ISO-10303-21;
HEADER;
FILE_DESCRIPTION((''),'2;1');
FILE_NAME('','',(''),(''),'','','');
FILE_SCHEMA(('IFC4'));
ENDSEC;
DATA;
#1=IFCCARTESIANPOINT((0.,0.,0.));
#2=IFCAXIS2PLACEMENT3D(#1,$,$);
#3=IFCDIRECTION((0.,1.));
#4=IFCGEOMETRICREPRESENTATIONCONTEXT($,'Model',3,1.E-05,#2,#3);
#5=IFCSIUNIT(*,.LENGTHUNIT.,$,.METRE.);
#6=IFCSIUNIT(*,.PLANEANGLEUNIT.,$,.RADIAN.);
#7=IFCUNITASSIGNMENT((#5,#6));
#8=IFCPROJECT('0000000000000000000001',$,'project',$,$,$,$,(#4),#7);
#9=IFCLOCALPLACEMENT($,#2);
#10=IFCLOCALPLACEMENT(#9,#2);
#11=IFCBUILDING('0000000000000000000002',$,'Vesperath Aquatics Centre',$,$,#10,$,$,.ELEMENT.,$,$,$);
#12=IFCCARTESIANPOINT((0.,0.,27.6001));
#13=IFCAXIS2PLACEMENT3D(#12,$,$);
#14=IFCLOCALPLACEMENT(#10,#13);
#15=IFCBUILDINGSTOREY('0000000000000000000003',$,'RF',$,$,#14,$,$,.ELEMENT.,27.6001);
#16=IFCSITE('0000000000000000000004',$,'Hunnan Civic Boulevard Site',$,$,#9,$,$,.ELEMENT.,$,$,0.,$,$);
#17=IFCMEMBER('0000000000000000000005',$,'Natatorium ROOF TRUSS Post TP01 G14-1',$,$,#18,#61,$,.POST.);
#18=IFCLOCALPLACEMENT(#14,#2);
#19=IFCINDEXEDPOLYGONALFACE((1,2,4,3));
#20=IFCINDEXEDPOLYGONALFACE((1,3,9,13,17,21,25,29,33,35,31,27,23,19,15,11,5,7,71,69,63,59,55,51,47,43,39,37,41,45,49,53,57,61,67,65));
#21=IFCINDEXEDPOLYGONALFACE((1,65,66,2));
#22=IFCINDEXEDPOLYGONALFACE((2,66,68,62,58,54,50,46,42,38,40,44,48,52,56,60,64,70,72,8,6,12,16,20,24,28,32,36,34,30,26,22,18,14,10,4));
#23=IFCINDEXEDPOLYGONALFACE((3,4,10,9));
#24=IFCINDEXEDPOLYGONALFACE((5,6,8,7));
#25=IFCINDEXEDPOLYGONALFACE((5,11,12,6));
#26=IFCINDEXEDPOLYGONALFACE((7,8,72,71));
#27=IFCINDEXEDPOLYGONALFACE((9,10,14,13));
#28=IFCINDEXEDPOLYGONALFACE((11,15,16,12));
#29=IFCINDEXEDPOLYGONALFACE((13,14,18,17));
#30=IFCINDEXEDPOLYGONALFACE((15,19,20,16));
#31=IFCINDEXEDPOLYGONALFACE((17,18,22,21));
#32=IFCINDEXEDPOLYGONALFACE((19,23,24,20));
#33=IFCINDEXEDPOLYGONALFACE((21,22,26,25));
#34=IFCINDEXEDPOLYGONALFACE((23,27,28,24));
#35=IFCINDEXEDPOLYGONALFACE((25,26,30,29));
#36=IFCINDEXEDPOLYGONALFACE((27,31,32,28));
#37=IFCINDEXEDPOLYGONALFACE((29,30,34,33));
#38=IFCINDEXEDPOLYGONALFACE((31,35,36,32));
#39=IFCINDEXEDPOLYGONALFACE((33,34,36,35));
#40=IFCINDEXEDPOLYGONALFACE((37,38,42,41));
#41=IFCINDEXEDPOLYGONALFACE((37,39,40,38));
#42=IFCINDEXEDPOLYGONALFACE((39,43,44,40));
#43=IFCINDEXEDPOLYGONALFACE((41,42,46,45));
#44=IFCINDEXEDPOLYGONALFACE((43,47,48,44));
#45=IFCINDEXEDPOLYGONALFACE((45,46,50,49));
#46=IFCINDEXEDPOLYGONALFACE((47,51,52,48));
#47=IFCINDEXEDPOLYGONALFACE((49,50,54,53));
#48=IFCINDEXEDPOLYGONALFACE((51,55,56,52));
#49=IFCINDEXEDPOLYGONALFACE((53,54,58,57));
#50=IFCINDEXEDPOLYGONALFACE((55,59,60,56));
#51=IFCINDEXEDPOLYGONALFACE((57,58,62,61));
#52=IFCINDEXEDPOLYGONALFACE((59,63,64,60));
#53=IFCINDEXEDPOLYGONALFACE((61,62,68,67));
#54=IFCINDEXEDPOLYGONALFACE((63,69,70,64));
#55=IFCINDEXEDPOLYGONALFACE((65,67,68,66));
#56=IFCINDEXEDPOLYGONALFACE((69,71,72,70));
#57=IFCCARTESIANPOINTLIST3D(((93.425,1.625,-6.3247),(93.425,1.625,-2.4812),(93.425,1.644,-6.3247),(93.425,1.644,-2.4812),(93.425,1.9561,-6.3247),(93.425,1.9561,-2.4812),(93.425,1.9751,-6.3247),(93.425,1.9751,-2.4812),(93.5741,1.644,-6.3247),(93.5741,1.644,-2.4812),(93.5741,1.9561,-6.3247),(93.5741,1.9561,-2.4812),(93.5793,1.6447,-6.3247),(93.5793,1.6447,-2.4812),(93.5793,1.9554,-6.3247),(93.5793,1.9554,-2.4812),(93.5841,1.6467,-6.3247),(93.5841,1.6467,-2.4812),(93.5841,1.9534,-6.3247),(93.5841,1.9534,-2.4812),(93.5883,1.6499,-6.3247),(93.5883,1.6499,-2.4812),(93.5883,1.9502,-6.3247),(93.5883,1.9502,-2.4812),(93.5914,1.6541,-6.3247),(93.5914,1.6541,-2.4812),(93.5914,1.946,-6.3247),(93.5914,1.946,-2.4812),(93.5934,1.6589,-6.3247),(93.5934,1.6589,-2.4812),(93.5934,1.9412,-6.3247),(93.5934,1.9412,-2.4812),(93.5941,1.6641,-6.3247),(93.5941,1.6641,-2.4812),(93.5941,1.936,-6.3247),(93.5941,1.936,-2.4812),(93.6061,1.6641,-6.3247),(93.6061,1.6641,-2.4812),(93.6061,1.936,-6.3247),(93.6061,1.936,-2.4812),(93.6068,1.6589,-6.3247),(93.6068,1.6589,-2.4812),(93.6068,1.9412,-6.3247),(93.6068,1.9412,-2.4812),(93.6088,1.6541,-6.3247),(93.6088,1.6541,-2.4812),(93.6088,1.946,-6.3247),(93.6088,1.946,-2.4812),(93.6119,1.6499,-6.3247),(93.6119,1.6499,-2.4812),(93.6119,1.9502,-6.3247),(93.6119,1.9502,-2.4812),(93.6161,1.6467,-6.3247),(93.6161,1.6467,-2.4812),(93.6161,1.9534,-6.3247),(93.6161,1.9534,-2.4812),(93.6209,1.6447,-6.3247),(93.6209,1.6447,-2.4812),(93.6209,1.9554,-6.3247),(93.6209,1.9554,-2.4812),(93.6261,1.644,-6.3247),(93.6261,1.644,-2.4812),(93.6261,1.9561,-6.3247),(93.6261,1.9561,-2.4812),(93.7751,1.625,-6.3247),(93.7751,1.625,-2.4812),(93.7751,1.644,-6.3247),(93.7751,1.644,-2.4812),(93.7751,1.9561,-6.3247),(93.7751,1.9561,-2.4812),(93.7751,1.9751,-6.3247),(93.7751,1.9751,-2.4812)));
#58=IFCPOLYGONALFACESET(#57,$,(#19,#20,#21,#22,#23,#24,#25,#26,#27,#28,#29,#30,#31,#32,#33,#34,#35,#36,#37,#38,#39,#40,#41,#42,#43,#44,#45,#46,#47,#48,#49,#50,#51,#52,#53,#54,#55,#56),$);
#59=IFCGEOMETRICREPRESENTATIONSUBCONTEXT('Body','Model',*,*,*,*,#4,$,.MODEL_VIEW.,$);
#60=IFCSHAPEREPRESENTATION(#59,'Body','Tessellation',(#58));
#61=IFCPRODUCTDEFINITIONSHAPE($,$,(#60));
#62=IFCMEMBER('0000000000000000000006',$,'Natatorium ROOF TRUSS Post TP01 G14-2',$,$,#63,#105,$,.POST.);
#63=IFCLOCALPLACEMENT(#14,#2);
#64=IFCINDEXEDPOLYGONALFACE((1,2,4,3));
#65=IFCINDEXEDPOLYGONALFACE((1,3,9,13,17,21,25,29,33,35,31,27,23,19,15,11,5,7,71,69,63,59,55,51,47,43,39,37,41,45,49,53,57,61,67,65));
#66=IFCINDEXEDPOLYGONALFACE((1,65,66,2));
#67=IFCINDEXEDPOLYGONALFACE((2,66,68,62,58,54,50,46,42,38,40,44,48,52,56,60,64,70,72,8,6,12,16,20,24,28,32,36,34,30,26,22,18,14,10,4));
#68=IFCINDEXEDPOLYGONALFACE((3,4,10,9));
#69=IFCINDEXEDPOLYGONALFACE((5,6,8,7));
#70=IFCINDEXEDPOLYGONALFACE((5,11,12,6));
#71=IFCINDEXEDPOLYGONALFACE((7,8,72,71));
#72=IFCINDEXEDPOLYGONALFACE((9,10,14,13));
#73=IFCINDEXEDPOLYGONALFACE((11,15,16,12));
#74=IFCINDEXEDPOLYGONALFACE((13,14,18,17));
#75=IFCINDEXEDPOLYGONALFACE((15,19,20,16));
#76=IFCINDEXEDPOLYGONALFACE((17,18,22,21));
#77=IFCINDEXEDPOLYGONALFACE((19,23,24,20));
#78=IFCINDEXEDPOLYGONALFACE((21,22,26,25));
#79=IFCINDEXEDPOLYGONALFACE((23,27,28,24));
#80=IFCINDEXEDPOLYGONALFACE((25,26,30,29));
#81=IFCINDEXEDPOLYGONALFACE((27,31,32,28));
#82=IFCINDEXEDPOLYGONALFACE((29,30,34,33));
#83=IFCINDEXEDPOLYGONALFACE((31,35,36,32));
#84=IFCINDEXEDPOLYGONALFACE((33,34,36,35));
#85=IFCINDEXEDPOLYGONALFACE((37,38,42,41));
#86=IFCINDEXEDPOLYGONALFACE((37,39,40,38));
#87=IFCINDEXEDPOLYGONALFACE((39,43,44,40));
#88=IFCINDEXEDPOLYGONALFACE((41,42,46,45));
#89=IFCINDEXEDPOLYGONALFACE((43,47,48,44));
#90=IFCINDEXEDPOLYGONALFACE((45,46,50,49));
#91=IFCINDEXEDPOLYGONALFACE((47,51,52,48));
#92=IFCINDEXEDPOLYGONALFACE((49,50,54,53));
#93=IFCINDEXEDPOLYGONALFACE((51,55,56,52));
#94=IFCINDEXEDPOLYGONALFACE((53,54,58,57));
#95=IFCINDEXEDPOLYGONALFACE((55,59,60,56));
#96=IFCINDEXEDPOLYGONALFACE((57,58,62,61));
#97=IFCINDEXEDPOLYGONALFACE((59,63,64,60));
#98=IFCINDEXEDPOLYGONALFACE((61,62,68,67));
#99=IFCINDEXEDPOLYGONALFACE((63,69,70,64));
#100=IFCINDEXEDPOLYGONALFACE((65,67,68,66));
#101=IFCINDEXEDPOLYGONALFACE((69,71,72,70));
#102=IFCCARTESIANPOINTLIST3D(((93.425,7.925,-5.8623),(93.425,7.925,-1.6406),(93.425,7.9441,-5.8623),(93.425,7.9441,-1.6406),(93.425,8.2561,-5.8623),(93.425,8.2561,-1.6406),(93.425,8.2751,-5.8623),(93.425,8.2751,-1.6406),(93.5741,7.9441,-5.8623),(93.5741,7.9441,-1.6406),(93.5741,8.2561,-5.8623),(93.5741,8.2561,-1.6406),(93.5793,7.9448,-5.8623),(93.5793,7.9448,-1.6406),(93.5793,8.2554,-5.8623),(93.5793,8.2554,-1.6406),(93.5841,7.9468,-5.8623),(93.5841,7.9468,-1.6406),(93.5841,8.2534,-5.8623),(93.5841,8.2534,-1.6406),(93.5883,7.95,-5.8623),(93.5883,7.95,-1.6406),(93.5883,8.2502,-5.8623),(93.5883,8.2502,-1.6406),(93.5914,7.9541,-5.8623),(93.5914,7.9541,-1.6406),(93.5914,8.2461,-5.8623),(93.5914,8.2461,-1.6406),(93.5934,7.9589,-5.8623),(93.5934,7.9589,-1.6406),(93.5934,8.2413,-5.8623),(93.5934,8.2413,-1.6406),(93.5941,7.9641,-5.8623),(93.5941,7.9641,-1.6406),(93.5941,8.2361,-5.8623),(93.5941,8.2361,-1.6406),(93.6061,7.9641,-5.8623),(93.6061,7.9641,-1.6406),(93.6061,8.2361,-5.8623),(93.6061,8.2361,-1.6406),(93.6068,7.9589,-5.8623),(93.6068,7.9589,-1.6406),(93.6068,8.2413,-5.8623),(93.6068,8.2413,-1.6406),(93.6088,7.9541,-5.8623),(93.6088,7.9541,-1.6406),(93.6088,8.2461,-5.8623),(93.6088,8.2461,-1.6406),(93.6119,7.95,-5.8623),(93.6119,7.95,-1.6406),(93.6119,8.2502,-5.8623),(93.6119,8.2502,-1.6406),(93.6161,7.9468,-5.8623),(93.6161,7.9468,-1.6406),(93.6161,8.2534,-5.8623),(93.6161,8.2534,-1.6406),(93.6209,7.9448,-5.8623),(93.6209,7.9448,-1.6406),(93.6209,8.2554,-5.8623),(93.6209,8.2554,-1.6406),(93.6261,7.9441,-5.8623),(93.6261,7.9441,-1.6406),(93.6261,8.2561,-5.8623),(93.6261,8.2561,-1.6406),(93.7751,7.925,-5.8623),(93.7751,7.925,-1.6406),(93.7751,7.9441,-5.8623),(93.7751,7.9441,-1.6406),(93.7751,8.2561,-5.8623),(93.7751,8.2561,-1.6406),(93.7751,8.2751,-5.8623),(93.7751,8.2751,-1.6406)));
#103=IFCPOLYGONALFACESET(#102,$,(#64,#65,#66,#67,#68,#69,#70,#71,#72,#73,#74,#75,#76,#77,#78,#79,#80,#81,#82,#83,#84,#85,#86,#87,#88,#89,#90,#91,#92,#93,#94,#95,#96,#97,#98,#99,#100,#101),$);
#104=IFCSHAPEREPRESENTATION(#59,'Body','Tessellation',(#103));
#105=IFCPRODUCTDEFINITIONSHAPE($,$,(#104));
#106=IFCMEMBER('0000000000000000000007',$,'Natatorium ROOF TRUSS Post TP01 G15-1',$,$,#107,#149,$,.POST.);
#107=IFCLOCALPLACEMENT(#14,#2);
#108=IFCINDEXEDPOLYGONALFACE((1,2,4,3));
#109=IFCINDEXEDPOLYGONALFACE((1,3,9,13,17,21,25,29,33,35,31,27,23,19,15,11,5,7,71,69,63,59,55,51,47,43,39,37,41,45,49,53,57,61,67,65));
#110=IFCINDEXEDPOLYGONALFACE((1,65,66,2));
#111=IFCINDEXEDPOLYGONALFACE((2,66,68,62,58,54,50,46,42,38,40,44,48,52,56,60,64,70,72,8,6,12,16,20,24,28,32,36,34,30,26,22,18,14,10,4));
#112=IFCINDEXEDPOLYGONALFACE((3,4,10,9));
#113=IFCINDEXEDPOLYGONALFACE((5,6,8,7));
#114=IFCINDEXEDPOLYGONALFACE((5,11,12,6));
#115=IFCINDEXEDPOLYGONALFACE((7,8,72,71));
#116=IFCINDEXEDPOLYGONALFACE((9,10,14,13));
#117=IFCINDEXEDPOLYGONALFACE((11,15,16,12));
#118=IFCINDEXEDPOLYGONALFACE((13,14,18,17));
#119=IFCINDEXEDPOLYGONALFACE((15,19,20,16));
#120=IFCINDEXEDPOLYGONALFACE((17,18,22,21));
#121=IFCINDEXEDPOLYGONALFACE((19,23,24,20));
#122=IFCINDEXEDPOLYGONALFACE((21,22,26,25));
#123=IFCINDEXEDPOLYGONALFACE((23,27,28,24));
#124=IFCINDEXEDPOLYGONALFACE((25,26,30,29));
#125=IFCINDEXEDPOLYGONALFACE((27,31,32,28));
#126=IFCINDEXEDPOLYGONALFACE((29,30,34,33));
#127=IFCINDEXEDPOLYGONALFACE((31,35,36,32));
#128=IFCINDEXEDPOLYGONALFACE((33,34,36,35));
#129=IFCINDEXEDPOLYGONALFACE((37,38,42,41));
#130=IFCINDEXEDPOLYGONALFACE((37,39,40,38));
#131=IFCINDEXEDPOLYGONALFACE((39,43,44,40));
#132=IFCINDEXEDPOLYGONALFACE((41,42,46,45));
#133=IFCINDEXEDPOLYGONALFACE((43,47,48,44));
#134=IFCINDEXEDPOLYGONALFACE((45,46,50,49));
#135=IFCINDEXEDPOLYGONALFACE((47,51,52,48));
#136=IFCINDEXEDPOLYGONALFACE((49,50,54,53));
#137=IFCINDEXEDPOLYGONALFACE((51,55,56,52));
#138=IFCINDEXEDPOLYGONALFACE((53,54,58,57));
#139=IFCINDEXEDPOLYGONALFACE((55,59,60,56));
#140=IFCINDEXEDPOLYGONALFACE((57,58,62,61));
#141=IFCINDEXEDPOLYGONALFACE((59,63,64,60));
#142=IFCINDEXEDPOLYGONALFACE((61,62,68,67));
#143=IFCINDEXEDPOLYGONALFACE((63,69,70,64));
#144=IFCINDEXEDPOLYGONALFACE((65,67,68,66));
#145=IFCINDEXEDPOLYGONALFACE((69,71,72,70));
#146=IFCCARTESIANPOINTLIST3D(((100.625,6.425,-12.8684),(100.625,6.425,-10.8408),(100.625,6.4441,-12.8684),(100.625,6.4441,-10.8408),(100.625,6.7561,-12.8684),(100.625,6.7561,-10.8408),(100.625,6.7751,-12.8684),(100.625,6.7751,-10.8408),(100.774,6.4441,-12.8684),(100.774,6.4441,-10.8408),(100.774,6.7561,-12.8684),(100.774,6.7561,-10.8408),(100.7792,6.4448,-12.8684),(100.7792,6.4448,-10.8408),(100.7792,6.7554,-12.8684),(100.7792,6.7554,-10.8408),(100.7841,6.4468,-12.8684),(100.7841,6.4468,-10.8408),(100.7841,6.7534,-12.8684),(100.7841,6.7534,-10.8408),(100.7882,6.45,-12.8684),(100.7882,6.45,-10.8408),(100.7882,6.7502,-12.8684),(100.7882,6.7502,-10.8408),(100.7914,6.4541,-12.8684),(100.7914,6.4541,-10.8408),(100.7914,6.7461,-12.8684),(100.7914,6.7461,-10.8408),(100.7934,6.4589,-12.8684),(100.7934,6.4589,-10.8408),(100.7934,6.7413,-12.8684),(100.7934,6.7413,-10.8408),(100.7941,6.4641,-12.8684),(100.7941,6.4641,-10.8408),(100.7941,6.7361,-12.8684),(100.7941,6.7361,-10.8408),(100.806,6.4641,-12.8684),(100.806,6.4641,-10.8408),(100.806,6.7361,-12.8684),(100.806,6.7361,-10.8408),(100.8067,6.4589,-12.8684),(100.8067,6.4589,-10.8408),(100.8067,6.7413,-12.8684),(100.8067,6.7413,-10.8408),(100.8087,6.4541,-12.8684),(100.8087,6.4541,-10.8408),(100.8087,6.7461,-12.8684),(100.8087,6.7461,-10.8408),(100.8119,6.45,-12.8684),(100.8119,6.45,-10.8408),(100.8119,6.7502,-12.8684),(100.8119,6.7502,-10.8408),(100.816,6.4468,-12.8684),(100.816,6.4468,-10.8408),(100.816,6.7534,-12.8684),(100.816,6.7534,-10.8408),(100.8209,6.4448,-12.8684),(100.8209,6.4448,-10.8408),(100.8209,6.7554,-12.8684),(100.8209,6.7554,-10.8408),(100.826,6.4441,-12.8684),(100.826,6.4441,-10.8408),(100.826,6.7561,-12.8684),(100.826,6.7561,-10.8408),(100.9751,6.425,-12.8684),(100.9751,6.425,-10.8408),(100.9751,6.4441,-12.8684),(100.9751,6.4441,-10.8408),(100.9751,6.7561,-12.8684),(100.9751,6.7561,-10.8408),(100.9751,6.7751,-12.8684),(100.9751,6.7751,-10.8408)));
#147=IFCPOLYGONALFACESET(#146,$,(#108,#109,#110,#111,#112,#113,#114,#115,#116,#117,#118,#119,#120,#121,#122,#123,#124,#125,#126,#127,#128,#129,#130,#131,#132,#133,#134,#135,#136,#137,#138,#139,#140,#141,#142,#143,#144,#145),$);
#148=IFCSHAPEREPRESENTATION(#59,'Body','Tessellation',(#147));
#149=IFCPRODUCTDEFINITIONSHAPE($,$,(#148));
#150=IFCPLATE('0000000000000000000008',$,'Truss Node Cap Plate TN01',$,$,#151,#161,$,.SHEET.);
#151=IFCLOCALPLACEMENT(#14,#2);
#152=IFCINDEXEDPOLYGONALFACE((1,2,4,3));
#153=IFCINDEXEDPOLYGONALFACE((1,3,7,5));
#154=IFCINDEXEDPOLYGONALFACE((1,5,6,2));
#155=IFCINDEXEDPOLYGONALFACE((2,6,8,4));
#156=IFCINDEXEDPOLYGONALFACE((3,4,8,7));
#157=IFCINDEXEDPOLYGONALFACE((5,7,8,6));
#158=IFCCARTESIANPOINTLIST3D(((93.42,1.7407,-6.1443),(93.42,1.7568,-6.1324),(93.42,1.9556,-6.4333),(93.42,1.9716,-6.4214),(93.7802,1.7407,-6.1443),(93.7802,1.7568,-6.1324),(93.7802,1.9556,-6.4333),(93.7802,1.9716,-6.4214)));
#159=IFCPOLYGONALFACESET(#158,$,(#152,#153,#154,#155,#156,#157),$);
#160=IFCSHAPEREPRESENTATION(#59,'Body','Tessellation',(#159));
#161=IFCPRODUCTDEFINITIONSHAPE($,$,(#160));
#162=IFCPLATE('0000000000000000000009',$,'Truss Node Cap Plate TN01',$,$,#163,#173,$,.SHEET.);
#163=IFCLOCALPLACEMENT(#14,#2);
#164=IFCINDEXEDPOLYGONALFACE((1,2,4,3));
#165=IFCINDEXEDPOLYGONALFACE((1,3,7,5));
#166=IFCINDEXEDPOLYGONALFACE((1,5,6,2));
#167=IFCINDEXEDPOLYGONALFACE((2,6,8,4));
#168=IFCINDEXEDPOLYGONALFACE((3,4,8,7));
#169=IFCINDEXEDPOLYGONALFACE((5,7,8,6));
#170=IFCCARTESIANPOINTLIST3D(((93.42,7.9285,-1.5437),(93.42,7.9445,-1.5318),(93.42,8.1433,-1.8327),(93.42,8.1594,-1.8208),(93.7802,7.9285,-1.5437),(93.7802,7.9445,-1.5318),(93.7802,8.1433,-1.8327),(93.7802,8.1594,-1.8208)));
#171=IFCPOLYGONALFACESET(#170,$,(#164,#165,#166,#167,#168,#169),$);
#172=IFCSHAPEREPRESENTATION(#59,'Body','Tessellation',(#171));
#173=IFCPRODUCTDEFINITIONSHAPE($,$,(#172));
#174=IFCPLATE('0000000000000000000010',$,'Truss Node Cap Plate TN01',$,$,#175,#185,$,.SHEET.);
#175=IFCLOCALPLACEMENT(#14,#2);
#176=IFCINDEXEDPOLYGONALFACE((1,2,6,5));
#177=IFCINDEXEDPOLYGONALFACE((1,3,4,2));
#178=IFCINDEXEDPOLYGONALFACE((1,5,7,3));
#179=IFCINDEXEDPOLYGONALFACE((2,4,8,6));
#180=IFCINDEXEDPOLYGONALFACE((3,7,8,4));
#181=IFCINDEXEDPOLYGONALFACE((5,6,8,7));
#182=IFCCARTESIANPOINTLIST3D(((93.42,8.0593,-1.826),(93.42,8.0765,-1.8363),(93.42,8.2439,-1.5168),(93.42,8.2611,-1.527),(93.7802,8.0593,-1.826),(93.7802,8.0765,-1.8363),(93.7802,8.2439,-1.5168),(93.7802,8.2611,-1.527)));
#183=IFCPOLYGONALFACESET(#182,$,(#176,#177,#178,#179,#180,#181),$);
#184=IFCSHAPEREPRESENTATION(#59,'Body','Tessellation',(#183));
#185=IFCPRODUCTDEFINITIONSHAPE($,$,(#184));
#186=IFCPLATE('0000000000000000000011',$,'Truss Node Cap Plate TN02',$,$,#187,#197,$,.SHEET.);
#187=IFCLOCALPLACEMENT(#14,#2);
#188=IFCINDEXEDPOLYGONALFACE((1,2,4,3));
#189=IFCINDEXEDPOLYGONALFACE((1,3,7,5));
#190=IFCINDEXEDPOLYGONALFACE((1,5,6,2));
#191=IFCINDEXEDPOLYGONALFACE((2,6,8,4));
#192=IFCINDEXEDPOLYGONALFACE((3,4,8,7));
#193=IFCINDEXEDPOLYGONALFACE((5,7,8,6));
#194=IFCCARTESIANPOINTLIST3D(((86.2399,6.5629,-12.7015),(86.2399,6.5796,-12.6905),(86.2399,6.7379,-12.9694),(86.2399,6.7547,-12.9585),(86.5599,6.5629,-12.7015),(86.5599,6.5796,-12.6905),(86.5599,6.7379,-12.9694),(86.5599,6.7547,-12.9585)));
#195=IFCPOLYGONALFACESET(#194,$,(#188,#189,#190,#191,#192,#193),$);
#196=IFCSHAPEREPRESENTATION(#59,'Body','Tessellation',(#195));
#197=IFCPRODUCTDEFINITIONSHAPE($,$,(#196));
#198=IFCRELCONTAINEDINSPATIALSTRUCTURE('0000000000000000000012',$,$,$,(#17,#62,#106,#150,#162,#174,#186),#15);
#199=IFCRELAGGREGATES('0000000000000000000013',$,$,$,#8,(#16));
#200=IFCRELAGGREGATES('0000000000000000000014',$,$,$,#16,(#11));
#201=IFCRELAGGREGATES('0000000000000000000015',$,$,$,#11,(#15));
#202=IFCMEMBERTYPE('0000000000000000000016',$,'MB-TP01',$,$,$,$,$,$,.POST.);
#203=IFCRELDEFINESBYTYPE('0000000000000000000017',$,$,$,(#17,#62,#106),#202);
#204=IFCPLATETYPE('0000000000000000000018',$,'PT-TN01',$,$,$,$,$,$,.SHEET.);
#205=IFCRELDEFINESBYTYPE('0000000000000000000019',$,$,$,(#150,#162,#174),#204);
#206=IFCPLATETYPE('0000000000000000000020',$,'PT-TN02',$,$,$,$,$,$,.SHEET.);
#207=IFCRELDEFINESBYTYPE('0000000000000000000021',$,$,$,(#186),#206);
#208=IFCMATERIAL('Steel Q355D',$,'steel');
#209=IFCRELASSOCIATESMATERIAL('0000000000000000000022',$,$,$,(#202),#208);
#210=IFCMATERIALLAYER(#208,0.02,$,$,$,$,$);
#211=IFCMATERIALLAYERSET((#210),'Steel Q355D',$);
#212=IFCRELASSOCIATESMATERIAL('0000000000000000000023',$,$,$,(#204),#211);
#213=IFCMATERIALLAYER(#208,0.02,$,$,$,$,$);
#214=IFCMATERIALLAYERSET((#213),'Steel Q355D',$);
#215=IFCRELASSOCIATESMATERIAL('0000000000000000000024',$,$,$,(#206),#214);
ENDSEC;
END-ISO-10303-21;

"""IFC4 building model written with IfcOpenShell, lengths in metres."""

from ifc_helpers import new_model, si_unit, direction, frame, origin, origin_2d, place, context, subcontext, project, spatial, rectangle, i_section, extrude, material, layer, layer_set, material_profile, profile_set, type_object, element, save


model = new_model("IFC4")

# Units and contexts
model_context = context("Model", 3, precision=1e-05, world=origin(), true_north=direction((0.0, 1.0)))
body_context = subcontext(model_context, "Body", "Model", "MODEL_VIEW")
ifc_project = project(units=[si_unit("LENGTHUNIT", "METRE"), si_unit("PLANEANGLEUNIT", "RADIAN")], contexts=[model_context])

# Site, building, storey
site_placement = place(None, origin())
site = spatial("IfcSite", under=ifc_project, at=site_placement, Name="Hunnan Civic Boulevard Site", CompositionType="ELEMENT", RefElevation=0.0)
building_placement = place(site_placement, origin())
building = spatial("IfcBuilding", under=site, at=building_placement, Name="Vesperath Aquatics Centre", CompositionType="ELEMENT")
storey_placement = place(building_placement, frame((0.0, 0.0, 27.6001)))
storey = spatial("IfcBuildingStorey", under=building, at=storey_placement, Name="RF", CompositionType="ELEMENT", Elevation=27.6001)

# Shared definitions
ifc_material_1 = material(Name="Steel Q355D", Category="steel")

# Members
ifc_material_profile_1 = material_profile(ifc_material_1, i_section(OverallWidth=0.3501, OverallDepth=0.3501, WebThickness=0.012, FlangeThickness=0.019, FilletRadius=0.02, at=origin_2d()), Name="HW 350x350x12x19")
ifc_profile_set_1 = profile_set([ifc_material_profile_1], Name="Steel Q355D")
member_type_1 = type_object("IfcMemberType", Name="MB-TP01", PredefinedType="POST", material=ifc_profile_set_1)
member_1_placement = place(storey_placement, frame((93.6001, 1.8, -6.3247), z_axis=(0.0, 0.0, 1.0), x_axis=(1.0, 0.0, 0.0)))
element("IfcMember", 1, at=member_1_placement, inside=storey, type_object=member_type_1, Name="Natatorium ROOF TRUSS Post TP01 G14-1", PredefinedType="POST", context=body_context, shape_type="SweptSolid", body=[
    extrude(i_section(OverallWidth=0.3501, OverallDepth=0.3501, WebThickness=0.012, FlangeThickness=0.019, FilletRadius=0.02, at=origin_2d()), origin(), (0.0, 0.0, 1.0), 3.8435),
])
member_2_placement = place(storey_placement, frame((93.6001, 8.1001, -5.8623), z_axis=(0.0, 0.0, 1.0), x_axis=(1.0, 0.0, 0.0)))
element("IfcMember", 2, at=member_2_placement, inside=storey, type_object=member_type_1, Name="Natatorium ROOF TRUSS Post TP01 G14-2", PredefinedType="POST", context=body_context, shape_type="SweptSolid", body=[
    extrude(i_section(OverallWidth=0.3501, OverallDepth=0.3501, WebThickness=0.012, FlangeThickness=0.019, FilletRadius=0.02, at=origin_2d()), origin(), (0.0, 0.0, 1.0), 4.2217),
])
member_3_placement = place(storey_placement, frame((100.8, 6.6001, -12.8684), z_axis=(0.0, 0.0, 1.0), x_axis=(1.0, 0.0, 0.0)))
element("IfcMember", 3, at=member_3_placement, inside=storey, type_object=member_type_1, Name="Natatorium ROOF TRUSS Post TP01 G15-1", PredefinedType="POST", context=body_context, shape_type="SweptSolid", body=[
    extrude(i_section(OverallWidth=0.3501, OverallDepth=0.3501, WebThickness=0.012, FlangeThickness=0.019, FilletRadius=0.02, at=origin_2d()), origin(), (0.0, 0.0, 1.0), 2.0276),
])

# Plates
ifc_layer_1 = layer(ifc_material_1, 0.02)
ifc_layer_set_1 = layer_set([ifc_layer_1], Name="Steel Q355D")
plate_type_1 = type_object("IfcPlateType", Name="PT-TN01", PredefinedType="SHEET", material=ifc_layer_set_1)
for number, where, z_axis, x_axis, name in (
    (4, (93.6001, 1.8481, -6.2888), (0.0, 0.802494, 0.59666), (-1.0, 0.0, 0.0), "Truss Node Cap Plate TN01"),
    (5, (93.6001, 8.0359, -1.6882), (0.0, 0.802494, 0.59666), (-1.0, 0.0, 0.0), "Truss Node Cap Plate TN01"),
    (6, (93.6001, 8.1516, -1.6714), (0.0, 0.858729, -0.51243), (-1.0, 0.0, 0.0), "Truss Node Cap Plate TN01"),
):
    element("IfcPlate", number, at=place(storey_placement, frame(where, z_axis=z_axis, x_axis=x_axis)), inside=storey, type_object=plate_type_1, Name=name, PredefinedType="SHEET", context=body_context, shape_type="SweptSolid", body=[
        extrude(rectangle(XDim=0.3601, YDim=0.3601, at=origin_2d()), origin(), (0.0, 0.0, 1.0), 0.02),
    ])
ifc_layer_2 = layer(ifc_material_1, 0.02)
ifc_layer_set_2 = layer_set([ifc_layer_2], Name="Steel Q355D")
plate_type_2 = type_object("IfcPlateType", Name="PT-TN02", PredefinedType="SHEET", material=ifc_layer_set_2)
for number, where, z_axis, x_axis, name in (
    (7, (86.3999, 6.6504, -12.8354), (0.0, 0.837176, 0.546934), (-1.0, 0.0, 0.0), "Truss Node Cap Plate TN02"),
):
    element("IfcPlate", number, at=place(storey_placement, frame(where, z_axis=z_axis, x_axis=x_axis)), inside=storey, type_object=plate_type_2, Name=name, PredefinedType="SHEET", context=body_context, shape_type="SweptSolid", body=[
        extrude(rectangle(XDim=0.3201, YDim=0.3201, at=origin_2d()), origin(), (0.0, 0.0, 1.0), 0.02),
    ])

save(model, "model.ifc")
